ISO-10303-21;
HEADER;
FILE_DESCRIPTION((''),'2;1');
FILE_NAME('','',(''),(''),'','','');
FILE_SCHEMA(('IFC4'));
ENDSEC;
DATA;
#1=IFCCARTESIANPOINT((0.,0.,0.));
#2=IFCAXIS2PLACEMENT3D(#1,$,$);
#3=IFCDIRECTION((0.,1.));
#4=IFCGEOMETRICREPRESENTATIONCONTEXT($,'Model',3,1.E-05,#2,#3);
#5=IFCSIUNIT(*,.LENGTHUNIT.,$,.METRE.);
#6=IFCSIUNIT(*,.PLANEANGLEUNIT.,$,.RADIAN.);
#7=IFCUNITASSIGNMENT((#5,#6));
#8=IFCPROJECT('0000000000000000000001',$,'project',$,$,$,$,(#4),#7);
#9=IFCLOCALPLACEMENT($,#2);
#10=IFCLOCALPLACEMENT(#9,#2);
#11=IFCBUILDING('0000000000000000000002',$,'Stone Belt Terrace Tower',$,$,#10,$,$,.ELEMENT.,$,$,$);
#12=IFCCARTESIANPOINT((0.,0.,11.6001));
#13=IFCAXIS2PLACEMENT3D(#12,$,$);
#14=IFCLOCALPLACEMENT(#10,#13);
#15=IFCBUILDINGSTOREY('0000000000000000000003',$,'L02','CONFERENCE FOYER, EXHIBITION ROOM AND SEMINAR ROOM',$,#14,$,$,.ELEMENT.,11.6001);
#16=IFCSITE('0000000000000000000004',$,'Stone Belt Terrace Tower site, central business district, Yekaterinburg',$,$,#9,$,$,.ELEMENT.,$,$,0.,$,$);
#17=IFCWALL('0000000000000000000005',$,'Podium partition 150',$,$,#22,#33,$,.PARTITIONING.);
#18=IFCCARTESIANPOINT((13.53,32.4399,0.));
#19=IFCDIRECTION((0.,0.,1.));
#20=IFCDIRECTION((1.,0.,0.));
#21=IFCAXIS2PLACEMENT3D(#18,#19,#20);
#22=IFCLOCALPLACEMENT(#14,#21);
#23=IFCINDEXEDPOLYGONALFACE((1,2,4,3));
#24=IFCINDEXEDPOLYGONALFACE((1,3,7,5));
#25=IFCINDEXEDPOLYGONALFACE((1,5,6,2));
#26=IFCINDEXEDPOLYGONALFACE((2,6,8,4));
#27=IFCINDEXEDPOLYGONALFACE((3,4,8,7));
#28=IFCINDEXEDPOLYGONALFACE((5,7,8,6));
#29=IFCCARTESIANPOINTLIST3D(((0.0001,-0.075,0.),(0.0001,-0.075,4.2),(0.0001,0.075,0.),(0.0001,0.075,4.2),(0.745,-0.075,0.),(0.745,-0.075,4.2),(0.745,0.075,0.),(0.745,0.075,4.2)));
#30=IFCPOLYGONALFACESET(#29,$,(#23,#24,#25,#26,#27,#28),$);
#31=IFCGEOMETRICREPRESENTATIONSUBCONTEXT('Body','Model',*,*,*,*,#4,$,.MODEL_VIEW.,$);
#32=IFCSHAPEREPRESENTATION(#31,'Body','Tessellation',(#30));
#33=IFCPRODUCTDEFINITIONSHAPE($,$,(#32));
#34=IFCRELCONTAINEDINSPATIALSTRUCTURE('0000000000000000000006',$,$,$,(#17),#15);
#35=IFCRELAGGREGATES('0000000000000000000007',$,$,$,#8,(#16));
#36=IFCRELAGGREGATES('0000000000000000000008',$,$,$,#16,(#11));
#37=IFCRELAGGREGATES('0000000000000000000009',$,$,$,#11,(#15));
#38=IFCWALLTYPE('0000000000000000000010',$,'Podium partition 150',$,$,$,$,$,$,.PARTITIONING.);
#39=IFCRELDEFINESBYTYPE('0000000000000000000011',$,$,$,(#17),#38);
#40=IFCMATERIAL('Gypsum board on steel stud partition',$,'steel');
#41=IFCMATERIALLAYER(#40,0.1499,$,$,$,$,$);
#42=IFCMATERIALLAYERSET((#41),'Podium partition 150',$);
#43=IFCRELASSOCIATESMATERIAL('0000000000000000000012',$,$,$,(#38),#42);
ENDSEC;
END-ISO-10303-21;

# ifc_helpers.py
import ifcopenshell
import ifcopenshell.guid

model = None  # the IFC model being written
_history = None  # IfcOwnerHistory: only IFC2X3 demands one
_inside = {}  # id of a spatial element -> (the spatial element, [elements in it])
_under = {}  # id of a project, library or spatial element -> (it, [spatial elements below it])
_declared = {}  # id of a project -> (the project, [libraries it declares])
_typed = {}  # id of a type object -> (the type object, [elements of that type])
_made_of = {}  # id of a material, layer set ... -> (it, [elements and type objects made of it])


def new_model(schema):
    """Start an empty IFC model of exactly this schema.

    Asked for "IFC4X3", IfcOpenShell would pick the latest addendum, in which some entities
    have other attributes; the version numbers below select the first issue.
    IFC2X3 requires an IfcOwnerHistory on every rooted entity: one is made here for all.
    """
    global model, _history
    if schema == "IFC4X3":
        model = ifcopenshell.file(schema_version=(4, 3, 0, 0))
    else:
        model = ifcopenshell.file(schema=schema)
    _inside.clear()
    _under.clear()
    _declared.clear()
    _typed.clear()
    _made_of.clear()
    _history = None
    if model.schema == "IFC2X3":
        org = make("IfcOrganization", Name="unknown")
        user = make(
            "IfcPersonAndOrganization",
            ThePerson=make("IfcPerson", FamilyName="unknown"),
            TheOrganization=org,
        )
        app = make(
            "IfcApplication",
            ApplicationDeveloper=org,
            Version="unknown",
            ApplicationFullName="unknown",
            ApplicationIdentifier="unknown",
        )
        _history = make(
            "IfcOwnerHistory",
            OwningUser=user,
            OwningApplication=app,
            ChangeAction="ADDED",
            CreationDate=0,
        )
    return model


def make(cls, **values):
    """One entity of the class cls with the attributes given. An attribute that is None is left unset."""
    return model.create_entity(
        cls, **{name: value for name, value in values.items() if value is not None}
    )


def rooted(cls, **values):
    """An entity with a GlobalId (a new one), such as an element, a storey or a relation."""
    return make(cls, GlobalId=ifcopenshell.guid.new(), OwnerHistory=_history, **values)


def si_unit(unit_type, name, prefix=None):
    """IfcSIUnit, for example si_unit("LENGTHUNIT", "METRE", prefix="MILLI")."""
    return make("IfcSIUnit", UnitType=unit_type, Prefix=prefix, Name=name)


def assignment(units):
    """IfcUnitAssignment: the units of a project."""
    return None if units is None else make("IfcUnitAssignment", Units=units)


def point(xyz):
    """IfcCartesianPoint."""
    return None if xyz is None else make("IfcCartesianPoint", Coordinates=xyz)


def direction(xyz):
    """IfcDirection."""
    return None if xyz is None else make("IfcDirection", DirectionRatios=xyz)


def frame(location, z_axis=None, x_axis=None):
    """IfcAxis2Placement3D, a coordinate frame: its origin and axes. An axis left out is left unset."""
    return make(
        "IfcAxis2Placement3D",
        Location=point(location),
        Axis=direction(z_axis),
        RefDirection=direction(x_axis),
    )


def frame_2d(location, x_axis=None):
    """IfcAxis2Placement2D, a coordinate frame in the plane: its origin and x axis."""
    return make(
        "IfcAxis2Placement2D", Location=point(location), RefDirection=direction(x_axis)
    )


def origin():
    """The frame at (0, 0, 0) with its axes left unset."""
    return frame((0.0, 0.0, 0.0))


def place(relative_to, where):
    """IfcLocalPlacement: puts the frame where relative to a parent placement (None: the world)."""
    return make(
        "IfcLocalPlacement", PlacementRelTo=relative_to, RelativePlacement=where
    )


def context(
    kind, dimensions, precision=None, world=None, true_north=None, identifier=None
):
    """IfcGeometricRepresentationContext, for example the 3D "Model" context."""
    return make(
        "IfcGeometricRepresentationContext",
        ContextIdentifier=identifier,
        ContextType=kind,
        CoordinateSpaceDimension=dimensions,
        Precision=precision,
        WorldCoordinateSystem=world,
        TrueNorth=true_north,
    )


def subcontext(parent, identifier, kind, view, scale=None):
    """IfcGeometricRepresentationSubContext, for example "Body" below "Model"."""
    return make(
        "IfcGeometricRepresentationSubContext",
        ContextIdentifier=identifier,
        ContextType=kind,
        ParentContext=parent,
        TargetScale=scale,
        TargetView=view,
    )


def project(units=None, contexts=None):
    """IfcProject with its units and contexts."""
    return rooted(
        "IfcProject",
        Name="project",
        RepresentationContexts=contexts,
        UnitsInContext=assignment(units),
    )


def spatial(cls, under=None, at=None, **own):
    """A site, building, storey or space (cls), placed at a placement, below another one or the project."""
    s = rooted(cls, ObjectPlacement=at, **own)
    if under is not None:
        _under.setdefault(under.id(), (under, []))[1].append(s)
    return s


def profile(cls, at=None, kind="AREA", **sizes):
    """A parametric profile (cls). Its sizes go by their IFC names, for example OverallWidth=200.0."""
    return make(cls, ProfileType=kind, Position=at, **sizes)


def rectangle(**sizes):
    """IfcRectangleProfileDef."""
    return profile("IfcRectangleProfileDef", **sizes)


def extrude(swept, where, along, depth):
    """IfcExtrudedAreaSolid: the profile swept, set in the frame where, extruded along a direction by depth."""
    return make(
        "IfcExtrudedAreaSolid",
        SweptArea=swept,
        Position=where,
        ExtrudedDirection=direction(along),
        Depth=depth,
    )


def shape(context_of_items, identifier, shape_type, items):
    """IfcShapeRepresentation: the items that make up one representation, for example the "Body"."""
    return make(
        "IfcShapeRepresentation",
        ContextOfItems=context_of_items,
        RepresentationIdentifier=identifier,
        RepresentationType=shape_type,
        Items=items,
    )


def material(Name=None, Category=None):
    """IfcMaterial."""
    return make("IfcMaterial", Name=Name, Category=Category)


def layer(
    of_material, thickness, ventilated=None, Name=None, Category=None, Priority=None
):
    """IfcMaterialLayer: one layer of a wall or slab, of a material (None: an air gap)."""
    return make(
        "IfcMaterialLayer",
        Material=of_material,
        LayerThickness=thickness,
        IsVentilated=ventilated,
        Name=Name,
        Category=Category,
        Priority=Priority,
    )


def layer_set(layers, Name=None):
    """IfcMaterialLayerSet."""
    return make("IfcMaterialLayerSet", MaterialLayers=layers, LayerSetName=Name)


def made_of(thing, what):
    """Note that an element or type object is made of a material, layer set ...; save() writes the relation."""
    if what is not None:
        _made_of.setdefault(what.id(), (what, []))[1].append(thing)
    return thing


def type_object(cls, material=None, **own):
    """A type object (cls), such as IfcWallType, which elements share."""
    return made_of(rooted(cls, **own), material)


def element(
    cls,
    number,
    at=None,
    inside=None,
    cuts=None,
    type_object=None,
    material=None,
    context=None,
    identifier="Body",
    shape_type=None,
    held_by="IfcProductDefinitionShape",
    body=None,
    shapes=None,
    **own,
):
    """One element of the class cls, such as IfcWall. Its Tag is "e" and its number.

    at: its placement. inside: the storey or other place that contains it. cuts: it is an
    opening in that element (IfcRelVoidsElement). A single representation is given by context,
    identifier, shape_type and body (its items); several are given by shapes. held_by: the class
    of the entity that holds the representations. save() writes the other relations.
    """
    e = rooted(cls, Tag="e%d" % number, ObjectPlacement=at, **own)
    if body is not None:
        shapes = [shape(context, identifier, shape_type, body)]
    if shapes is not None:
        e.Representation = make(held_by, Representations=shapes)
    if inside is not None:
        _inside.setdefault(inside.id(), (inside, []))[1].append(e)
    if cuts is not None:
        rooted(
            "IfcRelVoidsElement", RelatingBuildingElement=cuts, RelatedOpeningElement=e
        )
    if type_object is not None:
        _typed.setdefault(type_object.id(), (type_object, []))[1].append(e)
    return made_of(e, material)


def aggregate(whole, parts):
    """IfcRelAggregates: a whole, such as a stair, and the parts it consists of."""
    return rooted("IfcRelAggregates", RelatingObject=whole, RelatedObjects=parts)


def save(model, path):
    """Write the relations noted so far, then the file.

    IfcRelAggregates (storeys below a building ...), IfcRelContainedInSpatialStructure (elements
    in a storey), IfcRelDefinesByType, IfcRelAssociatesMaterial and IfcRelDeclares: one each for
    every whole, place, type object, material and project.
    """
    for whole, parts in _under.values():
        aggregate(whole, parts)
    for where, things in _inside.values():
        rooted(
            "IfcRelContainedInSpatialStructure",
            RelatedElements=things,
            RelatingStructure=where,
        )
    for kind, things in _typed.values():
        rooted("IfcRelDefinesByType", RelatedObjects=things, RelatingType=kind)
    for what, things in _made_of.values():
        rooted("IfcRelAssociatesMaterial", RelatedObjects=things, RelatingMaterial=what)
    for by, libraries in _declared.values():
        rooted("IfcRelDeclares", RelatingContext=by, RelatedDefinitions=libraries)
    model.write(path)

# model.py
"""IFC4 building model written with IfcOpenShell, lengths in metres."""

from ifc_helpers import new_model, si_unit, direction, frame, frame_2d, origin, place, context, subcontext, project, spatial, rectangle, extrude, material, layer, layer_set, type_object, element, save


model = new_model("IFC4")

# Units and contexts
model_context = context("Model", 3, precision=1e-05, world=origin(), true_north=direction((0.0, 1.0)))
body_context = subcontext(model_context, "Body", "Model", "MODEL_VIEW")
ifc_project = project(units=[si_unit("LENGTHUNIT", "METRE"), si_unit("PLANEANGLEUNIT", "RADIAN")], contexts=[model_context])

# Site, building, storey
site_placement = place(None, origin())
site = spatial("IfcSite", under=ifc_project, at=site_placement, Name="Stone Belt Terrace Tower site, central business district, Yekaterinburg", CompositionType="ELEMENT", RefElevation=0.0)
building_placement = place(site_placement, origin())
building = spatial("IfcBuilding", under=site, at=building_placement, Name="Stone Belt Terrace Tower", CompositionType="ELEMENT")
storey_placement = place(building_placement, frame((0.0, 0.0, 11.6001)))
storey = spatial("IfcBuildingStorey", under=building, at=storey_placement, Name="L02", Description="CONFERENCE FOYER, EXHIBITION ROOM AND SEMINAR ROOM", CompositionType="ELEMENT", Elevation=11.6001)

# Shared definitions
ifc_material_1 = material(Name="Gypsum board on steel stud partition", Category="steel")
ifc_layer_1 = layer(ifc_material_1, 0.1499)
ifc_layer_set_1 = layer_set([ifc_layer_1], Name="Podium partition 150")
wall_type_1 = type_object("IfcWallType", Name="Podium partition 150", PredefinedType="PARTITIONING", material=ifc_layer_set_1)

# Wall
wall_1_placement = place(storey_placement, frame((13.53, 32.4399, 0.0), z_axis=(0.0, 0.0, 1.0), x_axis=(1.0, 0.0, 0.0)))
element("IfcWall", 1, at=wall_1_placement, inside=storey, type_object=wall_type_1, Name="Podium partition 150", PredefinedType="PARTITIONING", context=body_context, shape_type="SweptSolid", body=[
    extrude(rectangle(XDim=0.7449, YDim=0.1499, at=frame_2d((0.3726, 0.0))), origin(), (0.0, 0.0, 1.0), 4.2),
])

save(model, "model.ifc")
